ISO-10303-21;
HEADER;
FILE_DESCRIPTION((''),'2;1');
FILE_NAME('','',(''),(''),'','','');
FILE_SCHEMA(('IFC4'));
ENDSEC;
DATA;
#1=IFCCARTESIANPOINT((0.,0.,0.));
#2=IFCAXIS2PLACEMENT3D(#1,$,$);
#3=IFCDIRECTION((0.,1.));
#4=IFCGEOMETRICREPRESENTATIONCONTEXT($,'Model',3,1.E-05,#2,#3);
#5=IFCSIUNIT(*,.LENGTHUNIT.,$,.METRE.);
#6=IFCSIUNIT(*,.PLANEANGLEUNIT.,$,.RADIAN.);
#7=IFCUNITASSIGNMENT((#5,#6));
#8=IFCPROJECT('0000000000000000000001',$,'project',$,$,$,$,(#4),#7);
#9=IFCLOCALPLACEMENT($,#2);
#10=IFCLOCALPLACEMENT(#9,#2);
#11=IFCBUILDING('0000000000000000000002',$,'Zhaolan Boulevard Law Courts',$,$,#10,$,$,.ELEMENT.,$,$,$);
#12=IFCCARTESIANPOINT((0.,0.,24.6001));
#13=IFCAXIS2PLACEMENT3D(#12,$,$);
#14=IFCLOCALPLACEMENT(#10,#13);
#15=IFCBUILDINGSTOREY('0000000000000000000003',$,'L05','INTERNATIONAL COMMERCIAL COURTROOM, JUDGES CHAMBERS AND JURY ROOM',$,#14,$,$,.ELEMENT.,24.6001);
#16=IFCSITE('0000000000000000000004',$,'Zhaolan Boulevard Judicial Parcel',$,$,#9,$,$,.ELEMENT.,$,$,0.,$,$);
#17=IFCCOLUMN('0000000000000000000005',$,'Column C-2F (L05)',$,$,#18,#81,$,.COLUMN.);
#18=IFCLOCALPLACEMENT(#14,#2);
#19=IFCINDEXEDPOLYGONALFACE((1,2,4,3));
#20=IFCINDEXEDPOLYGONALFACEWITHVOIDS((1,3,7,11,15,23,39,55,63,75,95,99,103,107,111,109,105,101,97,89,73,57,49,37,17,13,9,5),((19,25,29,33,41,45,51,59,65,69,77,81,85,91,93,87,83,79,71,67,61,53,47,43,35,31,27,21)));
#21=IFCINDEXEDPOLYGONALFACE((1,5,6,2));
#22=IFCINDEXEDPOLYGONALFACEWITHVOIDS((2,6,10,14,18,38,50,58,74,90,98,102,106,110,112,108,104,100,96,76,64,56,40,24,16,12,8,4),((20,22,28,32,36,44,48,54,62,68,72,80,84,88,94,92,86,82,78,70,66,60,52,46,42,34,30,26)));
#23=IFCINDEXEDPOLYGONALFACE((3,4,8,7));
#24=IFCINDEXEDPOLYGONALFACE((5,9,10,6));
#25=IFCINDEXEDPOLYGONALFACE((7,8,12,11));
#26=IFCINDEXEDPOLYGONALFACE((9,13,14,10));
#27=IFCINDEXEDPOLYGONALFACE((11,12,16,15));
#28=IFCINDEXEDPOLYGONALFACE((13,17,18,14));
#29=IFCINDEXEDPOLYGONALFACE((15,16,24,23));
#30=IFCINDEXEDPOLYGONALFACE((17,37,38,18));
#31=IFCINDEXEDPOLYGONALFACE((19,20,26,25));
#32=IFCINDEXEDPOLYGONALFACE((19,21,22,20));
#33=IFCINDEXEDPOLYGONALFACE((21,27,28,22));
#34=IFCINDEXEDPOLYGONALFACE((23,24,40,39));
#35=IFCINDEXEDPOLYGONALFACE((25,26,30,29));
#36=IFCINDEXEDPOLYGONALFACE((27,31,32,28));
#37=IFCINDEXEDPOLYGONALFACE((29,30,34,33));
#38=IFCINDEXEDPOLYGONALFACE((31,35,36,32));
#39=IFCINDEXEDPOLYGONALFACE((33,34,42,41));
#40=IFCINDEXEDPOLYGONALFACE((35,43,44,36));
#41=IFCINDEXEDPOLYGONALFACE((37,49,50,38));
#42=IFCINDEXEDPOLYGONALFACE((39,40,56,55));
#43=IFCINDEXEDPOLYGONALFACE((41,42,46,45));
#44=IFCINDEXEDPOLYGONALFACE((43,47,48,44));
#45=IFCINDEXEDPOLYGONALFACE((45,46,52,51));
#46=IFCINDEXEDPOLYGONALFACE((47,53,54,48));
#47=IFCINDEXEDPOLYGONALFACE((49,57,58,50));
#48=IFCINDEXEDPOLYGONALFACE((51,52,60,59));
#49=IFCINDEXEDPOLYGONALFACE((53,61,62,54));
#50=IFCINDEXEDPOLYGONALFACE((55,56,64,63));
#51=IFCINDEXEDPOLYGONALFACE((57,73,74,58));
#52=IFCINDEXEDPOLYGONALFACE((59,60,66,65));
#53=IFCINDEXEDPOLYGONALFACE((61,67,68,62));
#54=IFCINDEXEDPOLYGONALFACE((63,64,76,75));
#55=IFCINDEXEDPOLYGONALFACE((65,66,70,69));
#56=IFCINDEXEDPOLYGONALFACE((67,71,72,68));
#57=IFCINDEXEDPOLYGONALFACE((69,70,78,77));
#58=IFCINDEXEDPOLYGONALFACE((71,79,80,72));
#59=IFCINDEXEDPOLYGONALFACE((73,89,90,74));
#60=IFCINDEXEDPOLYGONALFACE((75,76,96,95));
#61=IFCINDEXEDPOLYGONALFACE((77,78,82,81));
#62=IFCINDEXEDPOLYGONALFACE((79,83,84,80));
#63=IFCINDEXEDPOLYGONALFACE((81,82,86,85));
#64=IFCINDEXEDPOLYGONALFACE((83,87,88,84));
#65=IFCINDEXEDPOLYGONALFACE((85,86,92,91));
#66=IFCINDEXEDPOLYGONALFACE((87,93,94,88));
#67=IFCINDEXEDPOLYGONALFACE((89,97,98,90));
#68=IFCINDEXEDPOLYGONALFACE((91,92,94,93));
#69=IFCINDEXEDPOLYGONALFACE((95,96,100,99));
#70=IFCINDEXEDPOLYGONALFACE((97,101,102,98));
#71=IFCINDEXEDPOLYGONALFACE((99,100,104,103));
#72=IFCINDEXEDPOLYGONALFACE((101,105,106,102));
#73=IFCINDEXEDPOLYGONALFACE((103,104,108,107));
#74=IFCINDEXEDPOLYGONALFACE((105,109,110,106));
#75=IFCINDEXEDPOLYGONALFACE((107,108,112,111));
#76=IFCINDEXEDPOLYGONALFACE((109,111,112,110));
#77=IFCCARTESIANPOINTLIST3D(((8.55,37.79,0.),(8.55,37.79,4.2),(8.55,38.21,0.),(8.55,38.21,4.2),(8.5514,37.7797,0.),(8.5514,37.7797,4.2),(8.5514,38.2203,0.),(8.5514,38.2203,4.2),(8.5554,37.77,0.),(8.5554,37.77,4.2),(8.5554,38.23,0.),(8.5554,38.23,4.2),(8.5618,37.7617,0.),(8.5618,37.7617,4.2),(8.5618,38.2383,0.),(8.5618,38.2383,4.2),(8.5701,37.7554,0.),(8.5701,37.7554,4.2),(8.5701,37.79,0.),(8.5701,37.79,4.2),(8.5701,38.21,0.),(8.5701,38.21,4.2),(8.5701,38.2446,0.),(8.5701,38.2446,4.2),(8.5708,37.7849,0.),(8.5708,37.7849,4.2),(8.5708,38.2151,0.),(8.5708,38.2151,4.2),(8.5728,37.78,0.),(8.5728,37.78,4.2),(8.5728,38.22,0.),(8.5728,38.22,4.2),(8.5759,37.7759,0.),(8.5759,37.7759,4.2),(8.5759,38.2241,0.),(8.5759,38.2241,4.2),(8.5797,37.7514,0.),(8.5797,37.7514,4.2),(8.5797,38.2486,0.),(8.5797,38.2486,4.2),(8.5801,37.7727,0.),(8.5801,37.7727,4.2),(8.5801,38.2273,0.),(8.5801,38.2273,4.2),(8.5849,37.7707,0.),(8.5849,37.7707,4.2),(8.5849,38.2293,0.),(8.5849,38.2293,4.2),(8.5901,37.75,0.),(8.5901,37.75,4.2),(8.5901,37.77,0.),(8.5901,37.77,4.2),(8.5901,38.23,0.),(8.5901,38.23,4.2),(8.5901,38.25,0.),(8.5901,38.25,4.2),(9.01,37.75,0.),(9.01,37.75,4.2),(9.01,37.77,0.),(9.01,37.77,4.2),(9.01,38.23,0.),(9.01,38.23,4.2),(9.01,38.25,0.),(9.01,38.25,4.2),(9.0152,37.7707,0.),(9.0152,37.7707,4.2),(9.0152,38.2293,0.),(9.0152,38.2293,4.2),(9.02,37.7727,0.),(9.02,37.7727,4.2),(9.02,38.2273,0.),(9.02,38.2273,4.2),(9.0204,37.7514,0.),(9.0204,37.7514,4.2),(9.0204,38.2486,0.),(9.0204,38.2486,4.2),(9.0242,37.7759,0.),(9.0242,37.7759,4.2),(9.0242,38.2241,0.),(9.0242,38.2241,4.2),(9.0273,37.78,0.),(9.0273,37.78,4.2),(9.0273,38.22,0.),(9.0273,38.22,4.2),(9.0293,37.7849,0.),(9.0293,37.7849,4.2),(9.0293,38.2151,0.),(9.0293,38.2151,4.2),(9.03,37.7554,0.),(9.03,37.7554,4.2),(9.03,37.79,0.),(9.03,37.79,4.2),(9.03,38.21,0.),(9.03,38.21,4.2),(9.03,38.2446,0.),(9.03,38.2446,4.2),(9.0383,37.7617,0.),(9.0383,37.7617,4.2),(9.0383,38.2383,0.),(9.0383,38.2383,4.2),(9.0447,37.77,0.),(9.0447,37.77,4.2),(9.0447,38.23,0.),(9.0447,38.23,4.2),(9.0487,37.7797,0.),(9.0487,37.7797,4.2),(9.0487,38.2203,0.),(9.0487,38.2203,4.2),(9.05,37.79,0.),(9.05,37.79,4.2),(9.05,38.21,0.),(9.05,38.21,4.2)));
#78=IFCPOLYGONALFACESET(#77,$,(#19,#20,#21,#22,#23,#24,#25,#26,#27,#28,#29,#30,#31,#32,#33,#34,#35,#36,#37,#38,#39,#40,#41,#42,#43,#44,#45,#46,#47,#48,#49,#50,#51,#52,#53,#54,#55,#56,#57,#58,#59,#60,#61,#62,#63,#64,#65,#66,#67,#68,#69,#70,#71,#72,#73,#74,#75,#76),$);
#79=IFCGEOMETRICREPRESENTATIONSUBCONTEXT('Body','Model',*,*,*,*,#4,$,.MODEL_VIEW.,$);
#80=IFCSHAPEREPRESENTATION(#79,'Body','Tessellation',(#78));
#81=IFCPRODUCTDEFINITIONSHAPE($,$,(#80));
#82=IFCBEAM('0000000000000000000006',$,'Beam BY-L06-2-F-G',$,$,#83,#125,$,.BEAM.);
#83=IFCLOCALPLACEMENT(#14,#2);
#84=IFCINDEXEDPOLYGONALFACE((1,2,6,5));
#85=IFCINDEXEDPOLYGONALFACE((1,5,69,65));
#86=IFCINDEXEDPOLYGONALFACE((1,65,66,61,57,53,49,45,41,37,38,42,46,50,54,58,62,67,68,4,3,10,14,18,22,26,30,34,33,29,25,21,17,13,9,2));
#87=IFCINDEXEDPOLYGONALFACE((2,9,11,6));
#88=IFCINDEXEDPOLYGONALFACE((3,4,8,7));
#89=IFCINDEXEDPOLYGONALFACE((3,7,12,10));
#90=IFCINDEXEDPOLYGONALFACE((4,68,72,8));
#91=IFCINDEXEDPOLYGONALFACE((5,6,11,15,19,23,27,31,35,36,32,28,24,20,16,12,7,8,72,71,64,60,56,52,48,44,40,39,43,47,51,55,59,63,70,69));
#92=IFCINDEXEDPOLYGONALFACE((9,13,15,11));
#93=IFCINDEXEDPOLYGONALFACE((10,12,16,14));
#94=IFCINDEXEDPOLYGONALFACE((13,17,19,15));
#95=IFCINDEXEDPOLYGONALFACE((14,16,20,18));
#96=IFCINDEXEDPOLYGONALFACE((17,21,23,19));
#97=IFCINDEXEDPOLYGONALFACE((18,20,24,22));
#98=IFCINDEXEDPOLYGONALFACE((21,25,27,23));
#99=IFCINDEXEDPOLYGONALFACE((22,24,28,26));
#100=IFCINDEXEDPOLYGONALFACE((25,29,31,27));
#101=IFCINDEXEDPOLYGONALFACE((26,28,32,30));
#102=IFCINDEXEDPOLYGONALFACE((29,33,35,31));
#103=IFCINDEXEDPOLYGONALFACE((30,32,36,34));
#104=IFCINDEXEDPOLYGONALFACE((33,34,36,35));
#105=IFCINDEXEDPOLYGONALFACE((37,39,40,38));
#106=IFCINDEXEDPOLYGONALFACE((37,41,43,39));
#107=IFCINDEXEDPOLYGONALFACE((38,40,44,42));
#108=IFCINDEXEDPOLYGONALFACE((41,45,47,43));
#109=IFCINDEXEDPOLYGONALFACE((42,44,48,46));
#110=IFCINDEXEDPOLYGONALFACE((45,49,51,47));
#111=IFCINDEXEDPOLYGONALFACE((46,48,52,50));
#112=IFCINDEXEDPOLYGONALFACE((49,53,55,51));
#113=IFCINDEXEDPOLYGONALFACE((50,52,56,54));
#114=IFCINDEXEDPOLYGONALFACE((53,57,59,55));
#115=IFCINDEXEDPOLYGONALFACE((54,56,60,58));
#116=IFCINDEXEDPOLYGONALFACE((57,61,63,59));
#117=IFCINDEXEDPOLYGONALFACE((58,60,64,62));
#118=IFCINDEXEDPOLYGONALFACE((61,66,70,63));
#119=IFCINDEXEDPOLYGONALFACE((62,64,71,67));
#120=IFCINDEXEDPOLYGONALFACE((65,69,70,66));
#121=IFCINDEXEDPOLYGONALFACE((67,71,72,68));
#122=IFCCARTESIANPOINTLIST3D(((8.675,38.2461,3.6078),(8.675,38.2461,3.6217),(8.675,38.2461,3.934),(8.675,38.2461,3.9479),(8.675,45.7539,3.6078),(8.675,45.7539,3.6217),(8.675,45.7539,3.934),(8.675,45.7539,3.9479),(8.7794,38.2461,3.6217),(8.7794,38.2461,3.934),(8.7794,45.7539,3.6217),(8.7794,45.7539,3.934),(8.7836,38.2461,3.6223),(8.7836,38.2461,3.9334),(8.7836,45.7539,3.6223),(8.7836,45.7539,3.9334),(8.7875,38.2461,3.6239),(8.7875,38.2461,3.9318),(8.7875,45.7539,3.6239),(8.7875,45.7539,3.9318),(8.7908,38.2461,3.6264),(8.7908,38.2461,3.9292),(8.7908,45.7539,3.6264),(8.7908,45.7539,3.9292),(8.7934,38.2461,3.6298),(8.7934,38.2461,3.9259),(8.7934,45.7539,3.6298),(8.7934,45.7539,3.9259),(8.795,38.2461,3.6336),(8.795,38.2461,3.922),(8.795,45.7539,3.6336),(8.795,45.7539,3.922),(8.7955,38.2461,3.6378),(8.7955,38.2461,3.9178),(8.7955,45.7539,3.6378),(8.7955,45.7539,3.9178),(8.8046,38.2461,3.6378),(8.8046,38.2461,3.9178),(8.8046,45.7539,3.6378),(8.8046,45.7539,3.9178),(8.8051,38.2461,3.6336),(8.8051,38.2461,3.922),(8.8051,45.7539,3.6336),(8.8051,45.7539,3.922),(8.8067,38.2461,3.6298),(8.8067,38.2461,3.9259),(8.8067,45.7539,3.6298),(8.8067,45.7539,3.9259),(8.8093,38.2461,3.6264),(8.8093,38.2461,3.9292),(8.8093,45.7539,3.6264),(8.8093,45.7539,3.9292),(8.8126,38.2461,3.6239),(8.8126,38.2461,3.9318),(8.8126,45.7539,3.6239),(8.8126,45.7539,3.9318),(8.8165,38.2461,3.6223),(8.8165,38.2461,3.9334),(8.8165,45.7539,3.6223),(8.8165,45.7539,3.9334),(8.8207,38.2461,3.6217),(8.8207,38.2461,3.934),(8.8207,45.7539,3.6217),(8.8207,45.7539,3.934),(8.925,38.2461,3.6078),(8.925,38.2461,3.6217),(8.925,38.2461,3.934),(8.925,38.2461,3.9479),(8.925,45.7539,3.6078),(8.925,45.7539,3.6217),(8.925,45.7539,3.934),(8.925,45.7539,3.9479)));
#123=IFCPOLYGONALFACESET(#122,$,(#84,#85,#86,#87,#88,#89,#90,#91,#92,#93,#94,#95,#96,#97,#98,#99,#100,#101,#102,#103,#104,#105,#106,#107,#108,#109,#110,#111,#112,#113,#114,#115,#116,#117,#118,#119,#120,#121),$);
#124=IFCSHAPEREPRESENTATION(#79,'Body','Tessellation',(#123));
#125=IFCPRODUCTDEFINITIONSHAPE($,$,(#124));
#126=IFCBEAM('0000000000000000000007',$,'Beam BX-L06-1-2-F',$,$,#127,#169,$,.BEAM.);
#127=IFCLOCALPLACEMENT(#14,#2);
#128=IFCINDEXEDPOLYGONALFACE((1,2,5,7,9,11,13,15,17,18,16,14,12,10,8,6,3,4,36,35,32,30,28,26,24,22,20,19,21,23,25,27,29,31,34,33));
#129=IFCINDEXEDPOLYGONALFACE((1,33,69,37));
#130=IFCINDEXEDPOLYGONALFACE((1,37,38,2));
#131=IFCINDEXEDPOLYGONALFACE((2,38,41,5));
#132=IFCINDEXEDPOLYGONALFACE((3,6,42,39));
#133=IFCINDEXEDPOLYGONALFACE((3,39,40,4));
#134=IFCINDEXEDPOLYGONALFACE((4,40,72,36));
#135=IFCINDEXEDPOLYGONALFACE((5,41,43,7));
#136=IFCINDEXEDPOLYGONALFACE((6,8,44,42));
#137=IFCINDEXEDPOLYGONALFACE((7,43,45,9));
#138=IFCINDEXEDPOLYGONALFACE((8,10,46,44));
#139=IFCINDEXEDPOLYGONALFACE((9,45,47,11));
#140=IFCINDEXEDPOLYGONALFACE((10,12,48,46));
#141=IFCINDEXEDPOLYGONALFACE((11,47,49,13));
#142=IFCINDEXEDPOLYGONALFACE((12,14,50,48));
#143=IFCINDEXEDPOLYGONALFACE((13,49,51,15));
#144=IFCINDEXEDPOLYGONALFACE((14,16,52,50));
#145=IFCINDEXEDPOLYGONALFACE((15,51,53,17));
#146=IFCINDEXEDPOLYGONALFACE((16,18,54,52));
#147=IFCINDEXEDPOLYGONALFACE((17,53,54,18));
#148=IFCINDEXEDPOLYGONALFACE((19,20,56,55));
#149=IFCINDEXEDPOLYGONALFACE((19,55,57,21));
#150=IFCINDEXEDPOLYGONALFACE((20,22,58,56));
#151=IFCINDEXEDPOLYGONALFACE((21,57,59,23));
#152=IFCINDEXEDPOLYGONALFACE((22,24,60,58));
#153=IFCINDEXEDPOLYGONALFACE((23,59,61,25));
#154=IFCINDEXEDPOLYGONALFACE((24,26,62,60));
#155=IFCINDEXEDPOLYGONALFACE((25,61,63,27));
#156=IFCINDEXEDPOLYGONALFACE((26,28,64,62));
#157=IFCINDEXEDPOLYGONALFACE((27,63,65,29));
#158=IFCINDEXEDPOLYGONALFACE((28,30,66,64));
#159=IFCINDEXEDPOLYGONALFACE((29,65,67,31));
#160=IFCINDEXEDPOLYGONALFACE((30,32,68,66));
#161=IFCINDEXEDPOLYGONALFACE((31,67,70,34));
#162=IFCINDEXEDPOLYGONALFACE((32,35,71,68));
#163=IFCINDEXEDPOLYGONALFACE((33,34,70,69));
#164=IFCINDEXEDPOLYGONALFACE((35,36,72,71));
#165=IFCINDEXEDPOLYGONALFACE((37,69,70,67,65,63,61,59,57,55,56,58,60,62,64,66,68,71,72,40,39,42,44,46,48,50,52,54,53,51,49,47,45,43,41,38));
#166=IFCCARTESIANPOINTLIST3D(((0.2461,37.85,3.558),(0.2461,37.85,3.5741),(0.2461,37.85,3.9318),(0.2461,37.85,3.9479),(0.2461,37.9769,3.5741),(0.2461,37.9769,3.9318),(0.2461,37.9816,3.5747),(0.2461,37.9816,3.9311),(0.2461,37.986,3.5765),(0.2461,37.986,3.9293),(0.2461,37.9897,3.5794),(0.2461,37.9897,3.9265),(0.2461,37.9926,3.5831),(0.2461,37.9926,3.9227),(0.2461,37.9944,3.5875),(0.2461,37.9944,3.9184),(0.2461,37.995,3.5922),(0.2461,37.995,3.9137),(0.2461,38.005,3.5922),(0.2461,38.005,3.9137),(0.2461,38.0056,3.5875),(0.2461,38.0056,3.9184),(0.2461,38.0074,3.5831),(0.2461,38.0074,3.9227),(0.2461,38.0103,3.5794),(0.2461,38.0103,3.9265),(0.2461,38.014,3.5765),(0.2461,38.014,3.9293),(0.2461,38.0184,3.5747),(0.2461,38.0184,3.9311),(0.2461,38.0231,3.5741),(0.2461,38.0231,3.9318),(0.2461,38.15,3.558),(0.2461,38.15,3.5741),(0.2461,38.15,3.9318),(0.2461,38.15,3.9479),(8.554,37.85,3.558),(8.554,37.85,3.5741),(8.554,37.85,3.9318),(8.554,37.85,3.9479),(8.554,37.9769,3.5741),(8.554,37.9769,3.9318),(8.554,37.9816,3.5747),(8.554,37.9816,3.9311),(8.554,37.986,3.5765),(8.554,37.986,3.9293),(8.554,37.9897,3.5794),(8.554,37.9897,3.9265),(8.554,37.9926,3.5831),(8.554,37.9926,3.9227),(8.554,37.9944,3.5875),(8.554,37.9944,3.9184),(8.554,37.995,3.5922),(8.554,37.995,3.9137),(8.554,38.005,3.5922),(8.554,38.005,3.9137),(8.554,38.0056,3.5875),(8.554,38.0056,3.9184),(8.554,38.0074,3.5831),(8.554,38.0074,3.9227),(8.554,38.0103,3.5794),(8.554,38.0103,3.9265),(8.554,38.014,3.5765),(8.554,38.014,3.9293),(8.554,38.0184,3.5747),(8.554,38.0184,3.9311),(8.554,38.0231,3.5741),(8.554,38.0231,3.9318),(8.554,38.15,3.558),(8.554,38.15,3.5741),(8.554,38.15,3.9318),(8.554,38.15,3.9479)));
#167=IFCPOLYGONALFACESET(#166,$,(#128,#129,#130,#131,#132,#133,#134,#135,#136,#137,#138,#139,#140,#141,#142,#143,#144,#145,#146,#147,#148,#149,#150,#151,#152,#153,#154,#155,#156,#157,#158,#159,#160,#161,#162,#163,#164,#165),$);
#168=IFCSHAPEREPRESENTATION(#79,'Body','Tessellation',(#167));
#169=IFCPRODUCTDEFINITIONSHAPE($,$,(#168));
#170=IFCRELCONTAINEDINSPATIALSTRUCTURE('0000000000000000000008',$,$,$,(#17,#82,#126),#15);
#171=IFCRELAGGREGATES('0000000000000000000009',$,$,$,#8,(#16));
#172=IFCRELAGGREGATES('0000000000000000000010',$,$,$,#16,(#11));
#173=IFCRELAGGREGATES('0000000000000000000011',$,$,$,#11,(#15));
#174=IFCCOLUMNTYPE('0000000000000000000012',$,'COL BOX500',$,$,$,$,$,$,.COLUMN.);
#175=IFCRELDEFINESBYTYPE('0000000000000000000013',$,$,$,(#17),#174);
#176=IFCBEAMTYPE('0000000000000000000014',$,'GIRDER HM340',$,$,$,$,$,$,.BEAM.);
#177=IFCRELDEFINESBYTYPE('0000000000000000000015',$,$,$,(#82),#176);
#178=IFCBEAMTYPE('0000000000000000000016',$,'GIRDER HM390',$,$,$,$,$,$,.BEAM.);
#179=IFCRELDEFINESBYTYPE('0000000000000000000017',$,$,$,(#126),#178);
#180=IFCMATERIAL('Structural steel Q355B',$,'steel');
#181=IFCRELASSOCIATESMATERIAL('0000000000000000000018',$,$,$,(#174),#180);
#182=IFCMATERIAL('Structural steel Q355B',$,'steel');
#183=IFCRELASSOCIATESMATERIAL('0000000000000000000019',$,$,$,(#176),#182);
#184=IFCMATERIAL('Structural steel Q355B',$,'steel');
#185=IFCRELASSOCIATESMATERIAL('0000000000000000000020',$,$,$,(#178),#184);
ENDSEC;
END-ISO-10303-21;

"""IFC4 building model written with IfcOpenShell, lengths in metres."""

from ifc_helpers import new_model, si_unit, direction, frame, origin, origin_2d, place, context, subcontext, project, spatial, hollow_rectangle, i_section, extrude, material, material_profile, profile_set, type_object, element, save


model = new_model("IFC4")

# Units and contexts
model_context = context("Model", 3, precision=1e-05, world=origin(), true_north=direction((0.0, 1.0)))
body_context = subcontext(model_context, "Body", "Model", "MODEL_VIEW")
ifc_project = project(units=[si_unit("LENGTHUNIT", "METRE"), si_unit("PLANEANGLEUNIT", "RADIAN")], contexts=[model_context])

# Site, building, storey
site_placement = place(None, origin())
site = spatial("IfcSite", under=ifc_project, at=site_placement, Name="Zhaolan Boulevard Judicial Parcel", CompositionType="ELEMENT", RefElevation=0.0)
building_placement = place(site_placement, origin())
building = spatial("IfcBuilding", under=site, at=building_placement, Name="Zhaolan Boulevard Law Courts", CompositionType="ELEMENT")
storey_placement = place(building_placement, frame((0.0, 0.0, 24.6001)))
storey = spatial("IfcBuildingStorey", under=building, at=storey_placement, Name="L05", Description="INTERNATIONAL COMMERCIAL COURTROOM, JUDGES CHAMBERS AND JURY ROOM", CompositionType="ELEMENT", Elevation=24.6001)

# Column
ifc_material_1 = material(Name="Structural steel Q355B", Category="steel")
ifc_material_profile_1 = material_profile(ifc_material_1, hollow_rectangle(XDim=0.5, YDim=0.5, WallThickness=0.02, InnerFilletRadius=0.02, OuterFilletRadius=0.04, at=origin_2d()), Name="BOX500x500x20")
ifc_profile_set_1 = profile_set([ifc_material_profile_1], Name="Structural steel Q355B")
column_type = type_object("IfcColumnType", Name="COL BOX500", PredefinedType="COLUMN", material=ifc_profile_set_1)
column_placement = place(storey_placement, frame((8.8, 38.0, 0.0), z_axis=(0.0, 0.0, 1.0), x_axis=(1.0, 0.0, 0.0)))
element("IfcColumn", 1, at=column_placement, inside=storey, type_object=column_type, Name="Column C-2F (L05)", PredefinedType="COLUMN", context=body_context, shape_type="SweptSolid", body=[
    extrude(hollow_rectangle(XDim=0.5, YDim=0.5, WallThickness=0.02, InnerFilletRadius=0.02, OuterFilletRadius=0.04, at=origin_2d()), origin(), (0.0, 0.0, 1.0), 4.2),
])

# Beams
ifc_material_2 = material(Name="Structural steel Q355B", Category="steel")
ifc_material_profile_2 = material_profile(ifc_material_2, i_section(OverallWidth=0.25, OverallDepth=0.3401, WebThickness=0.009, FlangeThickness=0.0139, FilletRadius=0.0161, at=origin_2d()), Name="HM340x250")
ifc_profile_set_2 = profile_set([ifc_material_profile_2], Name="Structural steel Q355B")
beam_type_1 = type_object("IfcBeamType", Name="GIRDER HM340", PredefinedType="BEAM", material=ifc_profile_set_2)
beam_1_placement = place(storey_placement, frame((8.8, 38.2461, 3.7778), z_axis=(0.0, 1.0, 0.0), x_axis=(-1.0, 0.0, 0.0)))
element("IfcBeam", 2, at=beam_1_placement, inside=storey, type_object=beam_type_1, Name="Beam BY-L06-2-F-G", PredefinedType="BEAM", context=body_context, shape_type="SweptSolid", body=[
    extrude(i_section(OverallWidth=0.25, OverallDepth=0.3401, WebThickness=0.009, FlangeThickness=0.0139, FilletRadius=0.0161, at=origin_2d()), origin(), (0.0, 0.0, 1.0), 7.5078),
])
ifc_material_3 = material(Name="Structural steel Q355B", Category="steel")
ifc_material_profile_3 = material_profile(ifc_material_3, i_section(OverallWidth=0.3, OverallDepth=0.3899, WebThickness=0.01, FlangeThickness=0.0161, FilletRadius=0.0181, at=origin_2d()), Name="HM390x300")
ifc_profile_set_3 = profile_set([ifc_material_profile_3], Name="Structural steel Q355B")
beam_type_2 = type_object("IfcBeamType", Name="GIRDER HM390", PredefinedType="BEAM", material=ifc_profile_set_3)
beam_2_placement = place(storey_placement, frame((0.2461, 38.0, 3.7529), z_axis=(1.0, 0.0, 0.0), x_axis=(0.0, 1.0, 0.0)))
element("IfcBeam", 3, at=beam_2_placement, inside=storey, type_object=beam_type_2, Name="Beam BX-L06-1-2-F", PredefinedType="BEAM", context=body_context, shape_type="SweptSolid", body=[
    extrude(i_section(OverallWidth=0.3, OverallDepth=0.3899, WebThickness=0.01, FlangeThickness=0.0161, FilletRadius=0.0181, at=origin_2d()), origin(), (0.0, 0.0, 1.0), 8.3079),
])

save(model, "model.ifc")
